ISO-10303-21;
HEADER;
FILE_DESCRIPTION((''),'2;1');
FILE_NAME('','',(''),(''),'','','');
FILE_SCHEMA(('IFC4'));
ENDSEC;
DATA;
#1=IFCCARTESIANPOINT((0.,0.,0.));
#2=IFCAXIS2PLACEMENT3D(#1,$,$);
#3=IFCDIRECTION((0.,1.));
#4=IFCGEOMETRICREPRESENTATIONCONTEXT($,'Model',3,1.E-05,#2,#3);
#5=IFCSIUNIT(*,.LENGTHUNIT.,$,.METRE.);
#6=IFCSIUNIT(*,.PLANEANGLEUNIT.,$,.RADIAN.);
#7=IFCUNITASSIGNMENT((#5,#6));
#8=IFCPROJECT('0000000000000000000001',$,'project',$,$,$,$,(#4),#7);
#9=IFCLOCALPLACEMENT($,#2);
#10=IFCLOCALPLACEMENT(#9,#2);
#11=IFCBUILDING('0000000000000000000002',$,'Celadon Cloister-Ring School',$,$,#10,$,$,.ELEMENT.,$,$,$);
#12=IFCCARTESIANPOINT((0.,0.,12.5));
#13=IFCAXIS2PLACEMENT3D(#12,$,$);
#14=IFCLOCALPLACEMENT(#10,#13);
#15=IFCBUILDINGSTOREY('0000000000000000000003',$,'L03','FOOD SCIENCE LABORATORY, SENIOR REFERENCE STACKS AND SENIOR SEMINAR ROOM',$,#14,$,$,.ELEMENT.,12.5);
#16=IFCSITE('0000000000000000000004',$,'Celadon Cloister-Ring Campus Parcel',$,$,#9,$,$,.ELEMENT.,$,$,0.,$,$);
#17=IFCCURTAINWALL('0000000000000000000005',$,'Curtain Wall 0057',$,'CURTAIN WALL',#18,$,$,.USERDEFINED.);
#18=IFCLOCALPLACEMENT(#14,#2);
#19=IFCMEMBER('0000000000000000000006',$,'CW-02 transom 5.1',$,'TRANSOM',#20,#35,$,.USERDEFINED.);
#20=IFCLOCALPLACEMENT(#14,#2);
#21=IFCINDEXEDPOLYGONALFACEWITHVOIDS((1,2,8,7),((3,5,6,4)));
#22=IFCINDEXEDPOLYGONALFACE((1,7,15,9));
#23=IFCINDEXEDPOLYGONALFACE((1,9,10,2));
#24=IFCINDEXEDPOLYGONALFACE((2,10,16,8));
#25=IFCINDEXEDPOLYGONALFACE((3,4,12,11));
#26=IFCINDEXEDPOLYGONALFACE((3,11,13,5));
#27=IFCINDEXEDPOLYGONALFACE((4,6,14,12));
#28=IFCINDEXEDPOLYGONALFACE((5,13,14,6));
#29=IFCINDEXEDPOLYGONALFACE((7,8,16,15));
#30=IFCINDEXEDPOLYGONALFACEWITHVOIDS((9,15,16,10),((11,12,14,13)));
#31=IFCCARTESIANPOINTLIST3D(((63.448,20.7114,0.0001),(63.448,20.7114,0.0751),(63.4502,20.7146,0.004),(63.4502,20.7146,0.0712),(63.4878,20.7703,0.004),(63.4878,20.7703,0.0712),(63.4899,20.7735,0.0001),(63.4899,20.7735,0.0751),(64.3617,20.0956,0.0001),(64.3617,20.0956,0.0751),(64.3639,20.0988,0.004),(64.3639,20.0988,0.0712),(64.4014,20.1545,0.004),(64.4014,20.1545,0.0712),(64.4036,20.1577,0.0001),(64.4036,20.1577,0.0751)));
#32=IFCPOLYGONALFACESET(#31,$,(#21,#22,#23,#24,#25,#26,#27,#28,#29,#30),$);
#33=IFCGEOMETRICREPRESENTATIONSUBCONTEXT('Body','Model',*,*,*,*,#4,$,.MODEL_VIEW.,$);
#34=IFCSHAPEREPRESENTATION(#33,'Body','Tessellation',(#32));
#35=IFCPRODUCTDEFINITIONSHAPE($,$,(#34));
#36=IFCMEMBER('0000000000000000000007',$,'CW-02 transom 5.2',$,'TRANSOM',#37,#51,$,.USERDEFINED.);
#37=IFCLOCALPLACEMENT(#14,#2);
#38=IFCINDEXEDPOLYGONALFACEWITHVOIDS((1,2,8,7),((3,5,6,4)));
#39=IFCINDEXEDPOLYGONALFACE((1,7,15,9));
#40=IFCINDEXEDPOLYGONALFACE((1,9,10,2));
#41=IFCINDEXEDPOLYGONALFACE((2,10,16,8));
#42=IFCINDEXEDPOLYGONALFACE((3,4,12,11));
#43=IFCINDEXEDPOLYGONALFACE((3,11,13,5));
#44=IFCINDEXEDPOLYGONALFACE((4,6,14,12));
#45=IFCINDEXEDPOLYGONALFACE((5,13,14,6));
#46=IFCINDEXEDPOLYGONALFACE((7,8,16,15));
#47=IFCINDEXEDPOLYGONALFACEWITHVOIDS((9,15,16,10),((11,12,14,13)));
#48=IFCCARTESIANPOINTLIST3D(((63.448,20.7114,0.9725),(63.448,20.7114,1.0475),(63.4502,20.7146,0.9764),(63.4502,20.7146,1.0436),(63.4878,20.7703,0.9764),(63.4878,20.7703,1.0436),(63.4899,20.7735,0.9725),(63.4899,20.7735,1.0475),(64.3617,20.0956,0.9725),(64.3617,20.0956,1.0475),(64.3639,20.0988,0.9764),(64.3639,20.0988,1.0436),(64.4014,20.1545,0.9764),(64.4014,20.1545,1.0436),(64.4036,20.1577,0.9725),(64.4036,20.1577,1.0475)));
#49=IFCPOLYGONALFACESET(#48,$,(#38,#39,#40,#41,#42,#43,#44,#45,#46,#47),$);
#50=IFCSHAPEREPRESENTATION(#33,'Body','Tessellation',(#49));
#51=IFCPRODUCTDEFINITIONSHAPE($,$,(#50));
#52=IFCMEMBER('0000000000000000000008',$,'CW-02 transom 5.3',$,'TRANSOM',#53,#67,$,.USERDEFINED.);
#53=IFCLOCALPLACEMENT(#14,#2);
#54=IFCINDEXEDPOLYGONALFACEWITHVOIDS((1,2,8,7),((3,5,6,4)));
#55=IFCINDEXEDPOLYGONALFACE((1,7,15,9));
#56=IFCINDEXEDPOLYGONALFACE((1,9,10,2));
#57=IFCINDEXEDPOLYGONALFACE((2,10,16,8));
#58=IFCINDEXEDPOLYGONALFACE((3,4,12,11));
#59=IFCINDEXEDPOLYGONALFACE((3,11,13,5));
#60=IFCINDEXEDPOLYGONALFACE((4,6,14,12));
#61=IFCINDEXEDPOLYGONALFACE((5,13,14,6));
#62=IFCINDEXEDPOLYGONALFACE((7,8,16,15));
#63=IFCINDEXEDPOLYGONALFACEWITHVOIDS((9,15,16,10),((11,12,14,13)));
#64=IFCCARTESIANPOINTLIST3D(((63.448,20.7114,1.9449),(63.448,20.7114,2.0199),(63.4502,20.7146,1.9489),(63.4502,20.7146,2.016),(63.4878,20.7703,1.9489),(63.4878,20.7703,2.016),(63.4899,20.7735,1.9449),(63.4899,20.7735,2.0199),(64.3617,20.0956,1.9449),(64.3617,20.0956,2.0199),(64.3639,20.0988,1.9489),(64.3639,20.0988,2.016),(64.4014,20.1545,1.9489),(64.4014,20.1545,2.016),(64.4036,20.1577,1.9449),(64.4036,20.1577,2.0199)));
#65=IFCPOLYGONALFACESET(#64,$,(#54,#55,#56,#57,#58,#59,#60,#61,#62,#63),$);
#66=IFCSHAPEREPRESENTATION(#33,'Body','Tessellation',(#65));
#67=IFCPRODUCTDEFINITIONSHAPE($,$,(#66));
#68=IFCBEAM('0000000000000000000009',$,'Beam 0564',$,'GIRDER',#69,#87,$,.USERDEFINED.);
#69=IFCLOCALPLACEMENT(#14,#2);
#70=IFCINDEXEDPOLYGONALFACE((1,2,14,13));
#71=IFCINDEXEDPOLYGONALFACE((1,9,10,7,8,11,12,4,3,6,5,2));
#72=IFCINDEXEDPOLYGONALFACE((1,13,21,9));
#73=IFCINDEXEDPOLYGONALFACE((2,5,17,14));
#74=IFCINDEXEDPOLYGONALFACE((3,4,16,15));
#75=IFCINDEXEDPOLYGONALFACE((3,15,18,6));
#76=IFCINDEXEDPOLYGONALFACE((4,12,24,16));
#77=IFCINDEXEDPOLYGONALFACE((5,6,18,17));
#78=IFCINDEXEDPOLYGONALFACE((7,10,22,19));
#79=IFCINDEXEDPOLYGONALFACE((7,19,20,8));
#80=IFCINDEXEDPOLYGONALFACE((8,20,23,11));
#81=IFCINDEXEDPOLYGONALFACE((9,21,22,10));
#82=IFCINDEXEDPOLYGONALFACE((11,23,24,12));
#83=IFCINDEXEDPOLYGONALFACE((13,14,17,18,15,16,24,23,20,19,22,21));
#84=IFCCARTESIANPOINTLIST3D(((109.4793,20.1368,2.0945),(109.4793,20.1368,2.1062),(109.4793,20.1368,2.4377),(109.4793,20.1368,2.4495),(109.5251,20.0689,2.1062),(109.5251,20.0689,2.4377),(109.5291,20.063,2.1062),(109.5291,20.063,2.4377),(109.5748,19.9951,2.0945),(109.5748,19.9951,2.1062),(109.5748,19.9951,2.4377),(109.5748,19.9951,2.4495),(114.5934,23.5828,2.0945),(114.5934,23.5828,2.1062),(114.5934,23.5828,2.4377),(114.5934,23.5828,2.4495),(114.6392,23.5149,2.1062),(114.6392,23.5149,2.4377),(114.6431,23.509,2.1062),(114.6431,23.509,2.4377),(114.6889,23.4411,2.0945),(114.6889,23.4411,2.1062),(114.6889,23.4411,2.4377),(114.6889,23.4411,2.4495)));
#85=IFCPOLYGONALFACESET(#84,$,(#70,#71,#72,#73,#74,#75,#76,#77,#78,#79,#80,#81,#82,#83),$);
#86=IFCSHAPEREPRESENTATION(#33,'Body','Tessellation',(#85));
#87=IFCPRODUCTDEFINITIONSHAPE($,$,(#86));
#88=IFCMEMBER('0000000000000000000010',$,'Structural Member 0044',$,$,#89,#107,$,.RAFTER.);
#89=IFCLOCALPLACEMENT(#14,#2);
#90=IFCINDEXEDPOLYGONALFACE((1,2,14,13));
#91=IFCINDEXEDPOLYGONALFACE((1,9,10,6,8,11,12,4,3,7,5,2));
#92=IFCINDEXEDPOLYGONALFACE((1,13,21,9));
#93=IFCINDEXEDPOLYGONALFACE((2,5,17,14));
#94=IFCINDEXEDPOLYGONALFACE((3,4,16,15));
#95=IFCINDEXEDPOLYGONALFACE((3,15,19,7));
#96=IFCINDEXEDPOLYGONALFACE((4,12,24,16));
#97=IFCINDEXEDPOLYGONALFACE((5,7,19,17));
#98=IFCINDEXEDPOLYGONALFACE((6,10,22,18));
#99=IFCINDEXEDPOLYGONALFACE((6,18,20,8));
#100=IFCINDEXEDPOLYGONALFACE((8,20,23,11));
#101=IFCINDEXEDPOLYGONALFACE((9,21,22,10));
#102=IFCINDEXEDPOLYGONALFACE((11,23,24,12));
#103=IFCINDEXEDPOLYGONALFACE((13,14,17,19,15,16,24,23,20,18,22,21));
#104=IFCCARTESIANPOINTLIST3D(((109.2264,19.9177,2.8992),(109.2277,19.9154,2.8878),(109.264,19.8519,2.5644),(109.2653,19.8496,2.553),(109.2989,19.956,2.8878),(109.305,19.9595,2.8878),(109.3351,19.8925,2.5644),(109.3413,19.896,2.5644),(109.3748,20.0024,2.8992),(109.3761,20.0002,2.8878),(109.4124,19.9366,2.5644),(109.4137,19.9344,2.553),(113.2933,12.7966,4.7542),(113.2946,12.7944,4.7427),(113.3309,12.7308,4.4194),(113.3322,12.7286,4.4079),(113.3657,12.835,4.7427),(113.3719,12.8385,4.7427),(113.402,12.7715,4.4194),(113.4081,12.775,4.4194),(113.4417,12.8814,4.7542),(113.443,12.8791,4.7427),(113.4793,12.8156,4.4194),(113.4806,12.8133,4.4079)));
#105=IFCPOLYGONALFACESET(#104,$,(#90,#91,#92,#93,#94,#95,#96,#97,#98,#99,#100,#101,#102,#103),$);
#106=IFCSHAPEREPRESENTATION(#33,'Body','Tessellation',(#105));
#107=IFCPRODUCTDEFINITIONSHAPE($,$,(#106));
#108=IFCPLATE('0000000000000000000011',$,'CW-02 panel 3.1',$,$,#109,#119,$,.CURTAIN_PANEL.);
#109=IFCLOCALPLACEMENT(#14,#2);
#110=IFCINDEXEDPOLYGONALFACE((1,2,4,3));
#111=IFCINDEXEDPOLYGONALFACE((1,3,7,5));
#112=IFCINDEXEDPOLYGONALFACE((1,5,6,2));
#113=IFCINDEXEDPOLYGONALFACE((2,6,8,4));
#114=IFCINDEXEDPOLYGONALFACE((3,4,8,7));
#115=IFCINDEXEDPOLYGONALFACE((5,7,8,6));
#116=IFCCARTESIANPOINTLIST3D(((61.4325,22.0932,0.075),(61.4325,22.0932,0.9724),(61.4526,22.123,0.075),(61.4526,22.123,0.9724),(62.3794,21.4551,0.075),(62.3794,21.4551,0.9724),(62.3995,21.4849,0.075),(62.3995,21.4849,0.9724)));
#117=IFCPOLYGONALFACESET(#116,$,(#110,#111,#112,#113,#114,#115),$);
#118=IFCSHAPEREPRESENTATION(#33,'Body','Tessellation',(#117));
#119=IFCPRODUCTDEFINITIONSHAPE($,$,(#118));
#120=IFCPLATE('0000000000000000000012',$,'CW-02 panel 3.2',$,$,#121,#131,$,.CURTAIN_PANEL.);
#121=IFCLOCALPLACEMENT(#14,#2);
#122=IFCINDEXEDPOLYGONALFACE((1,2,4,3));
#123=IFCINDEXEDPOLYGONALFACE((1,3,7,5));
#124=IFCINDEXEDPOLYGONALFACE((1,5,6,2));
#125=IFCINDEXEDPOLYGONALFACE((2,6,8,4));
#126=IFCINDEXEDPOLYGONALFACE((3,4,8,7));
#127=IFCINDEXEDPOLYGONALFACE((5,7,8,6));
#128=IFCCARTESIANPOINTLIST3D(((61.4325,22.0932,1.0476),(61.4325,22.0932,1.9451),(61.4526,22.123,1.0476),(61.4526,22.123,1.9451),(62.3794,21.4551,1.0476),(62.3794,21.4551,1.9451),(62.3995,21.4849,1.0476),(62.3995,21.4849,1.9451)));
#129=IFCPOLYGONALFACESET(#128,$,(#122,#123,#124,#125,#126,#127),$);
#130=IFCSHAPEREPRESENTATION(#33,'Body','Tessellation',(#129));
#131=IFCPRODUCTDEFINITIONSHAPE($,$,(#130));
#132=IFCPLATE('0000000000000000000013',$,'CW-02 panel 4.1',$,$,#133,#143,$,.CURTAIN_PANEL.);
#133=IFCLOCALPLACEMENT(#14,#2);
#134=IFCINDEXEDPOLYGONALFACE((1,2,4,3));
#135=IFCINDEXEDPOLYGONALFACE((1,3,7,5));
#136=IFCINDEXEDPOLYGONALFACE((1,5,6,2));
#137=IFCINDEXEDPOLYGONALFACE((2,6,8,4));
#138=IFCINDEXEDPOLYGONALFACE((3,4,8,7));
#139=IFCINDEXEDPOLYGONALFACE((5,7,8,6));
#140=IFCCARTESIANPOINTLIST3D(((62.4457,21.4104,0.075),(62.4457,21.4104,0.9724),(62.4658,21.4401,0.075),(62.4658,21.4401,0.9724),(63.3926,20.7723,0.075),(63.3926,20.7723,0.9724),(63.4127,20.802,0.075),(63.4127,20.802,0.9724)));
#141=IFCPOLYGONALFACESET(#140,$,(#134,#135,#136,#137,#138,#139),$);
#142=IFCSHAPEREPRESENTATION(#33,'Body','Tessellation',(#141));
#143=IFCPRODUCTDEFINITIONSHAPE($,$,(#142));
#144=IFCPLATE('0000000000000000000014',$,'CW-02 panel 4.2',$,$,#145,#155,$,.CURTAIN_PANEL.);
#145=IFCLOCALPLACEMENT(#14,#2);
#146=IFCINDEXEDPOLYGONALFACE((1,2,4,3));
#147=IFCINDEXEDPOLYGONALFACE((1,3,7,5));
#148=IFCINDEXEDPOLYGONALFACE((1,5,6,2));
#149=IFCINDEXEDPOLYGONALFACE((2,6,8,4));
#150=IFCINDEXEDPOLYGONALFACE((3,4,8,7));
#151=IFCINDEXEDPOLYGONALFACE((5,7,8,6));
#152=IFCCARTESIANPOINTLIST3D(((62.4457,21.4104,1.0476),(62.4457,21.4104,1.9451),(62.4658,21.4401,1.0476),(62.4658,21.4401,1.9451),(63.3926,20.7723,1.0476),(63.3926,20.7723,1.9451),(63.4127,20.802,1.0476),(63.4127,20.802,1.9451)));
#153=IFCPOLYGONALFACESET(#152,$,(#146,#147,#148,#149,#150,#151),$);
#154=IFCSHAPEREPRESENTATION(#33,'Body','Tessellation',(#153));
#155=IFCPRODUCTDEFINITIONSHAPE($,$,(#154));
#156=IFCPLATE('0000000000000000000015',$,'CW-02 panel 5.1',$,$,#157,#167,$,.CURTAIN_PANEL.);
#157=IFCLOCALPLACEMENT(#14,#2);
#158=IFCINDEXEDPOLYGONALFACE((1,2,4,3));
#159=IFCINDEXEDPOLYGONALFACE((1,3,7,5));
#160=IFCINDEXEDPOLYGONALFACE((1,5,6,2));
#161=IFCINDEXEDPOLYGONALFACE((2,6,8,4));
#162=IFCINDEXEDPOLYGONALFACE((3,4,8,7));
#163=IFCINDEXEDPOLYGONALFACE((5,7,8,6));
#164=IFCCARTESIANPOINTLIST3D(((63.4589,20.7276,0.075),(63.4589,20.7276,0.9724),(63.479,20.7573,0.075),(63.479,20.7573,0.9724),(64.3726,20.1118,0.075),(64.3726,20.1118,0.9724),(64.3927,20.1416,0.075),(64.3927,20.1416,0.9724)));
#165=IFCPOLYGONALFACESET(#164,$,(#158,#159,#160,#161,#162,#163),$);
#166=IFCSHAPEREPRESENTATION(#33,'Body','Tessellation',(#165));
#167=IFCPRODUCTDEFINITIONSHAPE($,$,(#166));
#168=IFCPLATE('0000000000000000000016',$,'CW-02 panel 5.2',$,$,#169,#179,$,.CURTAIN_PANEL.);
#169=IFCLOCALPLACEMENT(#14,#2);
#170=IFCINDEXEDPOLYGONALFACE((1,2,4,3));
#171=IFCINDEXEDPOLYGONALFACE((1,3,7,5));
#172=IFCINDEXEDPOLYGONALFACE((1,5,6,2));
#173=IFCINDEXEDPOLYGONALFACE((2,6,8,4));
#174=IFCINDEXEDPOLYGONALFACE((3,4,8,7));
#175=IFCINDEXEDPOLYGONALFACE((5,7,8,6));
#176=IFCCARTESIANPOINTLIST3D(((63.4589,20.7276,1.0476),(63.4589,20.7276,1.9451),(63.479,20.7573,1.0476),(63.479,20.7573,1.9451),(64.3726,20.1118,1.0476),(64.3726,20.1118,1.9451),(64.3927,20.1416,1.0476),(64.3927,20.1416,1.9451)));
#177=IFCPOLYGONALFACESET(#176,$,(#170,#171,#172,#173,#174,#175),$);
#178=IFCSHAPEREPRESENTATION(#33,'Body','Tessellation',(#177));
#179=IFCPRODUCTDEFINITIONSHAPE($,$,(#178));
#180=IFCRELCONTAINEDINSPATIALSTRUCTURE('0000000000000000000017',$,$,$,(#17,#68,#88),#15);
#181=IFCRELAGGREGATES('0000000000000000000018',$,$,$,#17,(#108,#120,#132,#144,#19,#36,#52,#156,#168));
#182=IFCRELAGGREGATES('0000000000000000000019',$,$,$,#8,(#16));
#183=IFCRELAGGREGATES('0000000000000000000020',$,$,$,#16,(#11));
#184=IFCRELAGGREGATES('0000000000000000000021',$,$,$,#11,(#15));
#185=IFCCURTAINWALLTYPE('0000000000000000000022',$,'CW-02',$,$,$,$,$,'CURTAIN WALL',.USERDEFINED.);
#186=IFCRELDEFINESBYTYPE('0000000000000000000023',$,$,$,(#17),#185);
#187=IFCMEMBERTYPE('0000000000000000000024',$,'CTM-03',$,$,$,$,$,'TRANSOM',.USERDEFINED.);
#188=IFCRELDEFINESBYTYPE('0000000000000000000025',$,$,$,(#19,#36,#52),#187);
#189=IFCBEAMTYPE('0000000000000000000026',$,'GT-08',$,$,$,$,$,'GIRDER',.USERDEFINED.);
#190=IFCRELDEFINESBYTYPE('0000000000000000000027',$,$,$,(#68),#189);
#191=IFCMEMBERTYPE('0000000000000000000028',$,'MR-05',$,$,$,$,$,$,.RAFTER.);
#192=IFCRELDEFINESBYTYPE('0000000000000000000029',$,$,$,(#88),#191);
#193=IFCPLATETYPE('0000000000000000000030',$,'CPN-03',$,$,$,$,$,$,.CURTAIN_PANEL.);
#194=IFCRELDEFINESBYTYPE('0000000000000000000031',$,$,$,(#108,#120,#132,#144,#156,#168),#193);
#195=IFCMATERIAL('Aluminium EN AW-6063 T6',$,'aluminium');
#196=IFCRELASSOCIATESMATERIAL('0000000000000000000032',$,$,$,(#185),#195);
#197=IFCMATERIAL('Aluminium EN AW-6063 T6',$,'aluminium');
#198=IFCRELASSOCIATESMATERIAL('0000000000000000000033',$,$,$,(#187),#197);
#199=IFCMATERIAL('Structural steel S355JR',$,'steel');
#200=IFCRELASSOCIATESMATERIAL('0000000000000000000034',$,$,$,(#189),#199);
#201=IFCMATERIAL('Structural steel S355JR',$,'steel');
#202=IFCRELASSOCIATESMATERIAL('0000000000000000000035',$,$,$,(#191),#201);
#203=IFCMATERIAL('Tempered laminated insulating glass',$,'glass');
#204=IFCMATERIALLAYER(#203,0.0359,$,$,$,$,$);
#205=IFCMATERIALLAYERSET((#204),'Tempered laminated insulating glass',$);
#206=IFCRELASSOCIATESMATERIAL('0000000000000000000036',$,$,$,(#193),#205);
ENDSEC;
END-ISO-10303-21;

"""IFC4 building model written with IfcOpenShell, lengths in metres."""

from ifc_helpers import new_model, si_unit, direction, frame, origin, origin_2d, place, context, subcontext, project, spatial, rectangle, hollow_rectangle, i_section, extrude, material, layer, layer_set, material_profile, profile_set, type_object, element, aggregate, save


model = new_model("IFC4")

# Units and contexts
model_context = context("Model", 3, precision=1e-05, world=origin(), true_north=direction((0.0, 1.0)))
body_context = subcontext(model_context, "Body", "Model", "MODEL_VIEW")
ifc_project = project(units=[si_unit("LENGTHUNIT", "METRE"), si_unit("PLANEANGLEUNIT", "RADIAN")], contexts=[model_context])

# Site, building, storey
site_placement = place(None, origin())
site = spatial("IfcSite", under=ifc_project, at=site_placement, Name="Celadon Cloister-Ring Campus Parcel", CompositionType="ELEMENT", RefElevation=0.0)
building_placement = place(site_placement, origin())
building = spatial("IfcBuilding", under=site, at=building_placement, Name="Celadon Cloister-Ring School", CompositionType="ELEMENT")
storey_placement = place(building_placement, frame((0.0, 0.0, 12.5)))
storey = spatial("IfcBuildingStorey", under=building, at=storey_placement, Name="L03", Description="FOOD SCIENCE LABORATORY, SENIOR REFERENCE STACKS AND SENIOR SEMINAR ROOM", CompositionType="ELEMENT", Elevation=12.5)

# Curtain wall
ifc_material_1 = material(Name="Aluminium EN AW-6063 T6", Category="aluminium")
curtain_wall_type = type_object("IfcCurtainWallType", Name="CW-02", ElementType="CURTAIN WALL", PredefinedType="USERDEFINED", material=ifc_material_1)
curtain_wall_1_placement = place(storey_placement, origin())
curtain_wall_1 = element("IfcCurtainWall", 1, at=curtain_wall_1_placement, inside=storey, type_object=curtain_wall_type, Name="Curtain Wall 0057", ObjectType="CURTAIN WALL", PredefinedType="USERDEFINED")

# Members
ifc_material_2 = material(Name="Aluminium EN AW-6063 T6", Category="aluminium")
ifc_material_profile_1 = material_profile(ifc_material_2, hollow_rectangle(XDim=0.075, YDim=0.075, WallThickness=0.0039, at=origin_2d()), Name="RHS75X75X4")
ifc_profile_set_1 = profile_set([ifc_material_profile_1], Name="Aluminium EN AW-6063 T6")
member_type_1 = type_object("IfcMemberType", Name="CTM-03", ElementType="TRANSOM", PredefinedType="USERDEFINED", material=ifc_profile_set_1)
member_1_placement = place(storey_placement, frame((63.469, 20.7424, 0.0376), z_axis=(0.829244, -0.558887, 0.0), x_axis=(0.558887, 0.829244, 0.0)))
member_1 = element("IfcMember", 2, at=member_1_placement, type_object=member_type_1, Name="CW-02 transom 5.1", ObjectType="TRANSOM", PredefinedType="USERDEFINED", context=body_context, shape_type="SweptSolid", body=[
    extrude(hollow_rectangle(XDim=0.075, YDim=0.075, WallThickness=0.0039, at=origin_2d()), origin(), (0.0, 0.0, 1.0), 1.1018),
])
member_2_placement = place(storey_placement, frame((63.469, 20.7424, 1.01), z_axis=(0.829244, -0.558887, 0.0), x_axis=(0.558887, 0.829244, 0.0)))
member_2 = element("IfcMember", 3, at=member_2_placement, type_object=member_type_1, Name="CW-02 transom 5.2", ObjectType="TRANSOM", PredefinedType="USERDEFINED", context=body_context, shape_type="SweptSolid", body=[
    extrude(hollow_rectangle(XDim=0.075, YDim=0.075, WallThickness=0.0039, at=origin_2d()), origin(), (0.0, 0.0, 1.0), 1.1018),
])
member_3_placement = place(storey_placement, frame((63.469, 20.7424, 1.9824), z_axis=(0.829244, -0.558887, 0.0), x_axis=(0.558887, 0.829244, 0.0)))
member_3 = element("IfcMember", 4, at=member_3_placement, type_object=member_type_1, Name="CW-02 transom 5.3", ObjectType="TRANSOM", PredefinedType="USERDEFINED", context=body_context, shape_type="SweptSolid", body=[
    extrude(hollow_rectangle(XDim=0.075, YDim=0.075, WallThickness=0.0039, at=origin_2d()), origin(), (0.0, 0.0, 1.0), 1.1018),
])

# Beam
ifc_material_3 = material(Name="Structural steel S355JR", Category="steel")
ifc_material_profile_2 = material_profile(ifc_material_3, i_section(OverallWidth=0.1709, OverallDepth=0.355, WebThickness=0.0071, FlangeThickness=0.0117, at=origin_2d()), Name="W360X51")
ifc_profile_set_2 = profile_set([ifc_material_profile_2], Name="Structural steel S355JR")
beam_type = type_object("IfcBeamType", Name="GT-08", ElementType="GIRDER", PredefinedType="USERDEFINED", material=ifc_profile_set_2)
beam_placement = place(storey_placement, frame((109.5271, 20.0659, 2.272), z_axis=(0.829293, 0.558814, 0.0), x_axis=(-0.558814, 0.829293, 0.0)))
element("IfcBeam", 5, at=beam_placement, inside=storey, type_object=beam_type, Name="Beam 0564", ObjectType="GIRDER", PredefinedType="USERDEFINED", context=body_context, shape_type="SweptSolid", body=[
    extrude(i_section(OverallWidth=0.1709, OverallDepth=0.355, WebThickness=0.0071, FlangeThickness=0.0117, at=origin_2d()), origin(), (0.0, 0.0, 1.0), 6.1667),
])

# Member
ifc_material_4 = material(Name="Structural steel S355JR", Category="steel")
ifc_material_profile_3 = material_profile(ifc_material_4, i_section(OverallWidth=0.1709, OverallDepth=0.355, WebThickness=0.0071, FlangeThickness=0.0117, at=origin_2d()), Name="W360X51")
ifc_profile_set_3 = profile_set([ifc_material_profile_3], Name="Structural steel S355JR")
member_type_2 = type_object("IfcMemberType", Name="MR-05", PredefinedType="RAFTER", material=ifc_profile_set_3)
member_4_placement = place(storey_placement, frame((109.3201, 19.926, 2.7261), z_axis=(0.483707, -0.846966, 0.220627), x_axis=(0.868364, 0.495927, 0.0)))
element("IfcMember", 6, at=member_4_placement, inside=storey, type_object=member_type_2, Name="Structural Member 0044", PredefinedType="RAFTER", context=body_context, shape_type="SweptSolid", body=[
    extrude(i_section(OverallWidth=0.1709, OverallDepth=0.355, WebThickness=0.0071, FlangeThickness=0.0117, at=origin_2d()), origin(), (0.0, 0.0, 1.0), 8.4077),
])

# Plates
ifc_material_5 = material(Name="Tempered laminated insulating glass", Category="glass")
ifc_layer_1 = layer(ifc_material_5, 0.0359)
ifc_layer_set_1 = layer_set([ifc_layer_1], Name="Tempered laminated insulating glass")
plate_type = type_object("IfcPlateType", Name="CPN-03", PredefinedType="CURTAIN_PANEL", material=ifc_layer_set_1)
plate_1_placement = place(storey_placement, frame((61.916, 21.7891, 0.075), z_axis=(0.0, 0.0, 1.0), x_axis=(0.82927, -0.558849, 0.0)))
plate_1 = element("IfcPlate", 7, at=plate_1_placement, type_object=plate_type, Name="CW-02 panel 3.1", PredefinedType="CURTAIN_PANEL", context=body_context, shape_type="SweptSolid", body=[
    extrude(rectangle(XDim=1.1418, YDim=0.0359, at=origin_2d()), origin(), (0.0, 0.0, 1.0), 0.8975),
])
plate_2_placement = place(storey_placement, frame((61.916, 21.7891, 1.0476), z_axis=(0.0, 0.0, 1.0), x_axis=(0.82927, -0.558849, 0.0)))
plate_2 = element("IfcPlate", 8, at=plate_2_placement, type_object=plate_type, Name="CW-02 panel 3.2", PredefinedType="CURTAIN_PANEL", context=body_context, shape_type="SweptSolid", body=[
    extrude(rectangle(XDim=1.1418, YDim=0.0359, at=origin_2d()), origin(), (0.0, 0.0, 1.0), 0.8975),
])
plate_3_placement = place(storey_placement, frame((62.9292, 21.1062, 0.075), z_axis=(0.0, 0.0, 1.0), x_axis=(0.82927, -0.558849, 0.0)))
plate_3 = element("IfcPlate", 9, at=plate_3_placement, type_object=plate_type, Name="CW-02 panel 4.1", PredefinedType="CURTAIN_PANEL", context=body_context, shape_type="SweptSolid", body=[
    extrude(rectangle(XDim=1.1418, YDim=0.0359, at=origin_2d()), origin(), (0.0, 0.0, 1.0), 0.8975),
])
plate_4_placement = place(storey_placement, frame((62.9292, 21.1062, 1.0476), z_axis=(0.0, 0.0, 1.0), x_axis=(0.82927, -0.558849, 0.0)))
plate_4 = element("IfcPlate", 10, at=plate_4_placement, type_object=plate_type, Name="CW-02 panel 4.2", PredefinedType="CURTAIN_PANEL", context=body_context, shape_type="SweptSolid", body=[
    extrude(rectangle(XDim=1.1418, YDim=0.0359, at=origin_2d()), origin(), (0.0, 0.0, 1.0), 0.8975),
])
plate_5_placement = place(storey_placement, frame((63.9258, 20.4346, 0.075), z_axis=(0.0, 0.0, 1.0), x_axis=(0.82927, -0.558849, 0.0)))
plate_5 = element("IfcPlate", 11, at=plate_5_placement, type_object=plate_type, Name="CW-02 panel 5.1", PredefinedType="CURTAIN_PANEL", context=body_context, shape_type="SweptSolid", body=[
    extrude(rectangle(XDim=1.1018, YDim=0.0359, at=origin_2d()), origin(), (0.0, 0.0, 1.0), 0.8975),
])
plate_6_placement = place(storey_placement, frame((63.9258, 20.4346, 1.0476), z_axis=(0.0, 0.0, 1.0), x_axis=(0.82927, -0.558849, 0.0)))
plate_6 = element("IfcPlate", 12, at=plate_6_placement, type_object=plate_type, Name="CW-02 panel 5.2", PredefinedType="CURTAIN_PANEL", context=body_context, shape_type="SweptSolid", body=[
    extrude(rectangle(XDim=1.1018, YDim=0.0359, at=origin_2d()), origin(), (0.0, 0.0, 1.0), 0.8975),
])
aggregate(curtain_wall_1, [plate_1, plate_2, plate_3, plate_4, member_1, member_2, member_3, plate_5, plate_6])

save(model, "model.ifc")
